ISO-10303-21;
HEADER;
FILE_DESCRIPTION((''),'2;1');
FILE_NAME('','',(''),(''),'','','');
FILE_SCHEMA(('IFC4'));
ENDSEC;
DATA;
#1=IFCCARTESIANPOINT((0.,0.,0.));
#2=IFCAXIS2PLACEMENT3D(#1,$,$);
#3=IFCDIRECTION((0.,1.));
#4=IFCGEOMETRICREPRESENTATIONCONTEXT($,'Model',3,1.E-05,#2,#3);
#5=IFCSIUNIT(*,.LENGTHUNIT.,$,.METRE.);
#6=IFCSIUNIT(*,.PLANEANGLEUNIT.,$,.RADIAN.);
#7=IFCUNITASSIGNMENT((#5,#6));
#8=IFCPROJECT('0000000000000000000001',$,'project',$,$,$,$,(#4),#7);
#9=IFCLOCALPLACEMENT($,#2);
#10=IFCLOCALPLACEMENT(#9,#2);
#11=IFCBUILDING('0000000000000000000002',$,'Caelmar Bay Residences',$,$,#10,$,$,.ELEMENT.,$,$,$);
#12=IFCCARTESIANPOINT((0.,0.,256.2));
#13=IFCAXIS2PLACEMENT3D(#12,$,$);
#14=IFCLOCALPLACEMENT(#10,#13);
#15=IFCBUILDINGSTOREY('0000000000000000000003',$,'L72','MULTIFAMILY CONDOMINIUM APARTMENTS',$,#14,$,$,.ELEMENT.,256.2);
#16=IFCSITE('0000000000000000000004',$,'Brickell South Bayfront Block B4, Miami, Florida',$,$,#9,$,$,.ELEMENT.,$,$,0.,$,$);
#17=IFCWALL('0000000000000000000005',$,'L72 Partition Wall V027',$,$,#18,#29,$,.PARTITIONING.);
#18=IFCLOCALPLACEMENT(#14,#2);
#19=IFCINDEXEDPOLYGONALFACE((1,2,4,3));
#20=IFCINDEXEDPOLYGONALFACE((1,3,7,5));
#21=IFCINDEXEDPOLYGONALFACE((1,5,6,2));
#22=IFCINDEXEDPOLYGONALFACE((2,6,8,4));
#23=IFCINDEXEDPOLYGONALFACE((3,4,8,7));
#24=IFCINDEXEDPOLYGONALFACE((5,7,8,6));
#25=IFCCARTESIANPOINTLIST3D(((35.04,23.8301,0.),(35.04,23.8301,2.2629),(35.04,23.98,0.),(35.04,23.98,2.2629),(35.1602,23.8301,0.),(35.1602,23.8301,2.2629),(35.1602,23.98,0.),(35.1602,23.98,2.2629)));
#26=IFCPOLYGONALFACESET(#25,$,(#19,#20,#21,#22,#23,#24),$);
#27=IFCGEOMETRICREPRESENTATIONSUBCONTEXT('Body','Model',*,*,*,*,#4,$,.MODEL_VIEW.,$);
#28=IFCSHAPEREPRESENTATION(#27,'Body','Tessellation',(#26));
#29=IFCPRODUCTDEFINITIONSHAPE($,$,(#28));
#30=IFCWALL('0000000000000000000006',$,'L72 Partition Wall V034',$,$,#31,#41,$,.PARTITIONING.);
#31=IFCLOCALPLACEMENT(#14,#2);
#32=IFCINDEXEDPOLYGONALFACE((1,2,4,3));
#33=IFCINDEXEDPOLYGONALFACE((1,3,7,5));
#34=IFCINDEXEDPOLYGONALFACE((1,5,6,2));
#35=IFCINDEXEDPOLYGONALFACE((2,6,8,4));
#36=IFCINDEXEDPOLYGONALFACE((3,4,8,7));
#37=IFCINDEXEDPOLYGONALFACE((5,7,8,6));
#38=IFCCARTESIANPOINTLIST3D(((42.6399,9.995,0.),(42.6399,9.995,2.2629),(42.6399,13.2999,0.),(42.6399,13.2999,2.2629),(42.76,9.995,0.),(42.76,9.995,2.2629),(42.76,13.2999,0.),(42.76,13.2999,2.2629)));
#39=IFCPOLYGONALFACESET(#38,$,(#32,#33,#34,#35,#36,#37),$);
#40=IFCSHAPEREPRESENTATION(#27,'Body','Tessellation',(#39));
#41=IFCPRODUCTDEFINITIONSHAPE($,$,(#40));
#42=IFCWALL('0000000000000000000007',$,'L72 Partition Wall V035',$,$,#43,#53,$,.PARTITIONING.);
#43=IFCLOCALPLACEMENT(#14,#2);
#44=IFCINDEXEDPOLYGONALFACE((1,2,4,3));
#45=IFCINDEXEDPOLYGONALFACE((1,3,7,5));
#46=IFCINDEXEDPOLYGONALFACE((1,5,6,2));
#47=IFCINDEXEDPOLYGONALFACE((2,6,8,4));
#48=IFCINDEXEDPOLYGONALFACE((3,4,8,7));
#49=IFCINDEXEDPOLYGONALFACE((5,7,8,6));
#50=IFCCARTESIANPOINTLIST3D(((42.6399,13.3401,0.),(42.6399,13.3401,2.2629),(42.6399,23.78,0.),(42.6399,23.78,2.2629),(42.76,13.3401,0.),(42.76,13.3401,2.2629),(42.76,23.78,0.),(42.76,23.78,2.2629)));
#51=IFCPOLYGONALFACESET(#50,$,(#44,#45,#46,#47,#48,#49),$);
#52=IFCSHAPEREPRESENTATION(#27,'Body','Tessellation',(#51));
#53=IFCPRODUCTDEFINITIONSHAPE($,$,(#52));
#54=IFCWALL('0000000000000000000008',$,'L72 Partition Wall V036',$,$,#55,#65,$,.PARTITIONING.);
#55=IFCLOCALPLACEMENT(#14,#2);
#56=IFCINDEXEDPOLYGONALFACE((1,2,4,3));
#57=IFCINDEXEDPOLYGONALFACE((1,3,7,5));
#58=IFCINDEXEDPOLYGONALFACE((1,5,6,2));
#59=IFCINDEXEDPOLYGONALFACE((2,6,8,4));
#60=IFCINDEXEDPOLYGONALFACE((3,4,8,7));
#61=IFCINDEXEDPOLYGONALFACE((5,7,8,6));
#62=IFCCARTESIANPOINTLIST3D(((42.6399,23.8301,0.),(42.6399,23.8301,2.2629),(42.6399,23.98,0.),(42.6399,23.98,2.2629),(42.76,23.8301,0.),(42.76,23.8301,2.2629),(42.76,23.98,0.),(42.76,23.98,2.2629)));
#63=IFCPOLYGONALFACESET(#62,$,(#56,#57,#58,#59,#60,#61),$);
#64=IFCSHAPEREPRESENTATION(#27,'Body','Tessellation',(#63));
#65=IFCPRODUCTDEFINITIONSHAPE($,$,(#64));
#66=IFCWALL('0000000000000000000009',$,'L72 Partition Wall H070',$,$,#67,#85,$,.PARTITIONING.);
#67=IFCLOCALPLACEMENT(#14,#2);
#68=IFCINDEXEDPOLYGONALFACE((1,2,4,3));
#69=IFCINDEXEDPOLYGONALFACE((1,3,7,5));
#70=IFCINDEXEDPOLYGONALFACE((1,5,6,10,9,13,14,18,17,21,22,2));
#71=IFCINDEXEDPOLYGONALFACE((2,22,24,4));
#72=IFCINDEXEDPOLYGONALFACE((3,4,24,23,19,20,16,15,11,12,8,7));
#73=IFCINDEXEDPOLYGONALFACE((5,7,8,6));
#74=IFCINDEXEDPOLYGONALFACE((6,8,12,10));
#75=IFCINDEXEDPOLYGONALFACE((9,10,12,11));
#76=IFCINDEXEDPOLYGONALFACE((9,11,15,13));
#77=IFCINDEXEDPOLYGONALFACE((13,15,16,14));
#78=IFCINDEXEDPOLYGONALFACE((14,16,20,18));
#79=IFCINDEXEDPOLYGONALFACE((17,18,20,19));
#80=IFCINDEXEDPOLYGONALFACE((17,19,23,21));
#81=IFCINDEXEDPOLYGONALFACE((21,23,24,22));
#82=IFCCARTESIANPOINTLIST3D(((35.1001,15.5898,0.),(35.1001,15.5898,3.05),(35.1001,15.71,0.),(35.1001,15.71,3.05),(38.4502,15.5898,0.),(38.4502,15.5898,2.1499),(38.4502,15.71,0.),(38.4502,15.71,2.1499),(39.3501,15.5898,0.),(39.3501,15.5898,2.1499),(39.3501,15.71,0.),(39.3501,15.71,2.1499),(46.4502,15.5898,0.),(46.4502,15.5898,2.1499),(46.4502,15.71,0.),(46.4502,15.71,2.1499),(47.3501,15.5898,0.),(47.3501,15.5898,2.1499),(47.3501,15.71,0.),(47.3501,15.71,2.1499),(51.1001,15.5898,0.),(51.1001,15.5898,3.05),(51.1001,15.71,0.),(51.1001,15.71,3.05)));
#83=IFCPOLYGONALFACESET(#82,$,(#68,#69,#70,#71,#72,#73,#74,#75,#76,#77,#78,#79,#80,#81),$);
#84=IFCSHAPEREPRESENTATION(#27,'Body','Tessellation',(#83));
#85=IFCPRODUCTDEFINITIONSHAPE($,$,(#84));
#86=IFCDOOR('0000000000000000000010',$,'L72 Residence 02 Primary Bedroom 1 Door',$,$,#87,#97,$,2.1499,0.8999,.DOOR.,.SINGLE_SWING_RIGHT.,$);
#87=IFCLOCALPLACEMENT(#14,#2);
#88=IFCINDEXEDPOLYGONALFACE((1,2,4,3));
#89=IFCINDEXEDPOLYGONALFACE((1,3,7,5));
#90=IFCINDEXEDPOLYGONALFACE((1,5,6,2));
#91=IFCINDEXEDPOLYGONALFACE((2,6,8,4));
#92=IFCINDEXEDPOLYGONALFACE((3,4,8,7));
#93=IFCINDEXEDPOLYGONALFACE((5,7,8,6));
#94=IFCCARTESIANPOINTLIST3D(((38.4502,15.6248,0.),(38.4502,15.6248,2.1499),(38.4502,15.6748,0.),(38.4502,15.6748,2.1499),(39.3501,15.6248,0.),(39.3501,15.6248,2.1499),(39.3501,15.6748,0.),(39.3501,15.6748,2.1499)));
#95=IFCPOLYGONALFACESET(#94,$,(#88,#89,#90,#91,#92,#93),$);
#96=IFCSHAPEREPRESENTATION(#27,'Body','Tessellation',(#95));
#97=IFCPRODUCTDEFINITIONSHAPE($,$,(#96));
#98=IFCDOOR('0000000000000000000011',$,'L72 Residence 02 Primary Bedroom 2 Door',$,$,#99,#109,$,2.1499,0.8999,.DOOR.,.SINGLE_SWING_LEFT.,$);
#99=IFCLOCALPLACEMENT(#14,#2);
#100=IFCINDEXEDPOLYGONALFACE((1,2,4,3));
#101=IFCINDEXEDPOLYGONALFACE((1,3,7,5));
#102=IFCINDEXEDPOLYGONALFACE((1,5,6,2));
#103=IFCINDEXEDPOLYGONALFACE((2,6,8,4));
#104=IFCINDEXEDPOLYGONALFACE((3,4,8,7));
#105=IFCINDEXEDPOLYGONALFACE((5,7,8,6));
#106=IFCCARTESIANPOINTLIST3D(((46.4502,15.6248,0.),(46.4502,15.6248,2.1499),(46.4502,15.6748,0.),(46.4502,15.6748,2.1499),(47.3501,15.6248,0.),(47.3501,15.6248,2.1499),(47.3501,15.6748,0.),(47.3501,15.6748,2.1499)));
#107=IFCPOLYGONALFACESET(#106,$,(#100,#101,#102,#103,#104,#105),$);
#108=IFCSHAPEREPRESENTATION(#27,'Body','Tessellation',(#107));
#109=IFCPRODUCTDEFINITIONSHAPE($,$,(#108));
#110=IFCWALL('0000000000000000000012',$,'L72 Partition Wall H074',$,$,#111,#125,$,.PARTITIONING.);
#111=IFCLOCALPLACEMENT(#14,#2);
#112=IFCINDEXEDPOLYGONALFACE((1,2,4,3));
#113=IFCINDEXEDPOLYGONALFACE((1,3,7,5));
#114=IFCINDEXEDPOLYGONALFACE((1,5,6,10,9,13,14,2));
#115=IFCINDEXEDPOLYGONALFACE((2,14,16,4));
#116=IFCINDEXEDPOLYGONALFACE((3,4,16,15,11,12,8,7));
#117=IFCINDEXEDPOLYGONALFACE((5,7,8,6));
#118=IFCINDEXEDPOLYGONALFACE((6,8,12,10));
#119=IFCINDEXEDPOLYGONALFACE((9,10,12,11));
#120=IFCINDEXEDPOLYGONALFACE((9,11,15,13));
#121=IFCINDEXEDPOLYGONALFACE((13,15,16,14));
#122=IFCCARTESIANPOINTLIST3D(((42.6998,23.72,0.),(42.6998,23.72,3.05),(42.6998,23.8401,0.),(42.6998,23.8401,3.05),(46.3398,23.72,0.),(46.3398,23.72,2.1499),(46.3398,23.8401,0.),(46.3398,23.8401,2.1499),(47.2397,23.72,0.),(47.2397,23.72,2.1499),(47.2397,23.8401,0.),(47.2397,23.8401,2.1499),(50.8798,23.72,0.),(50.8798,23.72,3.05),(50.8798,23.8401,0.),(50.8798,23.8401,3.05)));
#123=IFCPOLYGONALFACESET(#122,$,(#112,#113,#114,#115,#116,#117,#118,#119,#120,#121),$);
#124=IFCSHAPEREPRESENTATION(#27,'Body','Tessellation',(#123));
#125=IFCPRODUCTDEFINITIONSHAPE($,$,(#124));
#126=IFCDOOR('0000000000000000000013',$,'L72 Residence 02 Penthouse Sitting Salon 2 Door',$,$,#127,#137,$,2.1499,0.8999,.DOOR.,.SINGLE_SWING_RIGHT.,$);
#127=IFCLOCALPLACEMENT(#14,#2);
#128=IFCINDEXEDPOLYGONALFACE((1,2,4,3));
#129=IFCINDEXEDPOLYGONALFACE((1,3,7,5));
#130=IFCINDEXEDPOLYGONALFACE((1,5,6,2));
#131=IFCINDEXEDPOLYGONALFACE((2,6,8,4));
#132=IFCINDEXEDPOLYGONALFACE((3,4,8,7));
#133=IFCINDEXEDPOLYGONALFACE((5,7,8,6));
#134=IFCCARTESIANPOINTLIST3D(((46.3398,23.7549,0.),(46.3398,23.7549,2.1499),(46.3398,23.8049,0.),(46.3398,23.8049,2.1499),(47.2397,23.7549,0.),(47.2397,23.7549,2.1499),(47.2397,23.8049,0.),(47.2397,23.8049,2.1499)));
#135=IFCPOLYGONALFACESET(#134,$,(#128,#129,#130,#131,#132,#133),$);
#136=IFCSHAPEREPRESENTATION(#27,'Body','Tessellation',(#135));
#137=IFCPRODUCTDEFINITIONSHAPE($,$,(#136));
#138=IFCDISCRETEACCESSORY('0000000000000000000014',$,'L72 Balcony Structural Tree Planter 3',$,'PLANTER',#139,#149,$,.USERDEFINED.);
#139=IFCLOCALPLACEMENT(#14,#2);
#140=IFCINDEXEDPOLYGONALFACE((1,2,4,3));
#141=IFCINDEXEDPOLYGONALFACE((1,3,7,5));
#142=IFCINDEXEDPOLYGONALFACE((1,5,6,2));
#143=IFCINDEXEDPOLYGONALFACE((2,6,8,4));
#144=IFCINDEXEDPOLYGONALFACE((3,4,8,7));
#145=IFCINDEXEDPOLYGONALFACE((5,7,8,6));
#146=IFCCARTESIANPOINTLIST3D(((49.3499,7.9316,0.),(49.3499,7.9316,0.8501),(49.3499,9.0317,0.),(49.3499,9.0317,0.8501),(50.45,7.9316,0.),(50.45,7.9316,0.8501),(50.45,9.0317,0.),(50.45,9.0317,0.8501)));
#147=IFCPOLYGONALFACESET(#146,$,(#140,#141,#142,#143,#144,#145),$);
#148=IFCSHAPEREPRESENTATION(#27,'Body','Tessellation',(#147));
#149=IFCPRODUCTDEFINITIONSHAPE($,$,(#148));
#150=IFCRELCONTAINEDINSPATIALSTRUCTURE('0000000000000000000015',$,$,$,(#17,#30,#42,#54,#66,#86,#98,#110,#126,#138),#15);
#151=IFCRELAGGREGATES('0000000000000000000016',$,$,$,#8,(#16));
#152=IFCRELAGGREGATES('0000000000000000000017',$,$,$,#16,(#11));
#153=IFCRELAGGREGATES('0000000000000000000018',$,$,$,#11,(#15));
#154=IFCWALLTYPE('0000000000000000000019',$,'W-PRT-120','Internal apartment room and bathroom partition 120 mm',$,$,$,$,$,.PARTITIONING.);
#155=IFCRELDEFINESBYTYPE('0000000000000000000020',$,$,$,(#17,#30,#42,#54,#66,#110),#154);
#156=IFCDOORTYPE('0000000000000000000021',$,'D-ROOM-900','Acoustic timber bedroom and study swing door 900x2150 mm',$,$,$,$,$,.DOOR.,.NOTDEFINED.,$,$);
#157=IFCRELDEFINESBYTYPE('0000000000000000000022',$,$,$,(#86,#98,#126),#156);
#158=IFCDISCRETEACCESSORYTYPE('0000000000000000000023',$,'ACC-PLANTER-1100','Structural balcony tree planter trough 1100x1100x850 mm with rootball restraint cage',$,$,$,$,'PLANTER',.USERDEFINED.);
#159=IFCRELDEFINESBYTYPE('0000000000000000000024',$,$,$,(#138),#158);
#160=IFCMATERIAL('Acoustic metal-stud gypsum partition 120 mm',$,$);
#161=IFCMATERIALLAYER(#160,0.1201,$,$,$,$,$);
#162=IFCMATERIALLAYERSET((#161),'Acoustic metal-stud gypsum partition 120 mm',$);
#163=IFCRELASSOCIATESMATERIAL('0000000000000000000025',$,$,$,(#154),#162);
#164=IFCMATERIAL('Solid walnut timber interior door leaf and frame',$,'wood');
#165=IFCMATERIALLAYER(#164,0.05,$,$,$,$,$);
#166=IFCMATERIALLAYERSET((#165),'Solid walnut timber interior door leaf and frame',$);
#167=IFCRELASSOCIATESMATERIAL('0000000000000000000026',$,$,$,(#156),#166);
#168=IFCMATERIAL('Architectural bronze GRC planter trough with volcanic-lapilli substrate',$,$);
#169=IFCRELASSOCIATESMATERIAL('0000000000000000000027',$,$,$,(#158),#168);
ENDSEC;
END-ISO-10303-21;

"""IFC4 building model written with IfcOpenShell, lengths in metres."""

from ifc_helpers import new_model, si_unit, direction, frame, frame_2d, origin, origin_2d, place, context, subcontext, project, spatial, rectangle, extrude, material, layer, layer_set, type_object, element, fill, save


model = new_model("IFC4")

# Units and contexts
model_context = context("Model", 3, precision=1e-05, world=origin(), true_north=direction((0.0, 1.0)))
body_context = subcontext(model_context, "Body", "Model", "MODEL_VIEW")
ifc_project = project(units=[si_unit("LENGTHUNIT", "METRE"), si_unit("PLANEANGLEUNIT", "RADIAN")], contexts=[model_context])

# Site, building, storey
site_placement = place(None, origin())
site = spatial("IfcSite", under=ifc_project, at=site_placement, Name="Brickell South Bayfront Block B4, Miami, Florida", CompositionType="ELEMENT", RefElevation=0.0)
building_placement = place(site_placement, origin())
building = spatial("IfcBuilding", under=site, at=building_placement, Name="Caelmar Bay Residences", CompositionType="ELEMENT")
storey_placement = place(building_placement, frame((0.0, 0.0, 256.2)))
storey = spatial("IfcBuildingStorey", under=building, at=storey_placement, Name="L72", Description="MULTIFAMILY CONDOMINIUM APARTMENTS", CompositionType="ELEMENT", Elevation=256.2)

# Walls
ifc_material_1 = material(Name="Acoustic metal-stud gypsum partition 120 mm")
ifc_layer_1 = layer(ifc_material_1, 0.1201)
ifc_layer_set_1 = layer_set([ifc_layer_1], Name="Acoustic metal-stud gypsum partition 120 mm")
wall_type = type_object("IfcWallType", Name="W-PRT-120", Description="Internal apartment room and bathroom partition 120 mm", PredefinedType="PARTITIONING", material=ifc_layer_set_1)
wall_1_placement = place(storey_placement, frame((35.1001, 23.8301, 0.0), z_axis=(0.0, 0.0, 1.0), x_axis=(0.0, 1.0, 0.0)))
element("IfcWall", 1, at=wall_1_placement, inside=storey, type_object=wall_type, Name="L72 Partition Wall V027", PredefinedType="PARTITIONING", context=body_context, shape_type="SweptSolid", body=[
    extrude(rectangle(XDim=0.1499, YDim=0.1201, at=frame_2d((0.075, 0.0))), origin(), (0.0, 0.0, 1.0), 2.2629),
])
wall_2_placement = place(storey_placement, frame((42.7, 9.9951, 0.0), z_axis=(0.0, 0.0, 1.0), x_axis=(0.0, 1.0, 0.0)))
element("IfcWall", 2, at=wall_2_placement, inside=storey, type_object=wall_type, Name="L72 Partition Wall V034", PredefinedType="PARTITIONING", context=body_context, shape_type="SweptSolid", body=[
    extrude(rectangle(XDim=3.3049, YDim=0.1201, at=frame_2d((1.6523, 0.0))), origin(), (0.0, 0.0, 1.0), 2.2629),
])
wall_3_placement = place(storey_placement, frame((42.7, 13.3401, 0.0), z_axis=(0.0, 0.0, 1.0), x_axis=(0.0, 1.0, 0.0)))
element("IfcWall", 3, at=wall_3_placement, inside=storey, type_object=wall_type, Name="L72 Partition Wall V035", PredefinedType="PARTITIONING", context=body_context, shape_type="SweptSolid", body=[
    extrude(rectangle(XDim=10.4399, YDim=0.1201, at=frame_2d((5.22, 0.0))), origin(), (0.0, 0.0, 1.0), 2.2629),
])
wall_4_placement = place(storey_placement, frame((42.7, 23.8301, 0.0), z_axis=(0.0, 0.0, 1.0), x_axis=(0.0, 1.0, 0.0)))
element("IfcWall", 4, at=wall_4_placement, inside=storey, type_object=wall_type, Name="L72 Partition Wall V036", PredefinedType="PARTITIONING", context=body_context, shape_type="SweptSolid", body=[
    extrude(rectangle(XDim=0.1499, YDim=0.1201, at=frame_2d((0.075, 0.0))), origin(), (0.0, 0.0, 1.0), 2.2629),
])

# Wall, openings, doors
wall_5_placement = place(storey_placement, frame((35.1001, 15.6499, 0.0), z_axis=(0.0, 0.0, 1.0), x_axis=(1.0, 0.0, 0.0)))
wall_5 = element("IfcWall", 5, at=wall_5_placement, inside=storey, type_object=wall_type, Name="L72 Partition Wall H070", PredefinedType="PARTITIONING", context=body_context, shape_type="SweptSolid", body=[
    extrude(rectangle(XDim=16.0, YDim=0.1201, at=frame_2d((8.0, 0.0))), origin(), (0.0, 0.0, 1.0), 3.05),
])
opening_1_placement = place(wall_5_placement, frame((3.3501, 0.0, 0.0)))
opening_1 = element("IfcOpeningElement", 6, at=opening_1_placement, cuts=wall_5, PredefinedType="OPENING", context=body_context, shape_type="SweptSolid", body=[
    extrude(rectangle(XDim=0.8999, YDim=2.1499, at=frame_2d((0.45, 1.075))), frame((0.0, 0.0701, 0.0), z_axis=(0.0, -1.0, 0.0), x_axis=(1.0, 0.0, 0.0)), (0.0, 0.0, 1.0), 0.1401),
])
opening_2_placement = place(wall_5_placement, frame((11.3501, 0.0, 0.0)))
opening_2 = element("IfcOpeningElement", 7, at=opening_2_placement, cuts=wall_5, PredefinedType="OPENING", context=body_context, shape_type="SweptSolid", body=[
    extrude(rectangle(XDim=0.8999, YDim=2.1499, at=frame_2d((0.45, 1.075))), frame((0.0, 0.0701, 0.0), z_axis=(0.0, -1.0, 0.0), x_axis=(1.0, 0.0, 0.0)), (0.0, 0.0, 1.0), 0.1401),
])
ifc_material_2 = material(Name="Solid walnut timber interior door leaf and frame", Category="wood")
ifc_layer_2 = layer(ifc_material_2, 0.05)
ifc_layer_set_2 = layer_set([ifc_layer_2], Name="Solid walnut timber interior door leaf and frame")
door_type = type_object("IfcDoorType", Name="D-ROOM-900", Description="Acoustic timber bedroom and study swing door 900x2150 mm", OperationType="NOTDEFINED", PredefinedType="DOOR", material=ifc_layer_set_2)
door_1_placement = place(opening_1_placement, origin())
door_1 = element("IfcDoor", 8, at=door_1_placement, inside=storey, type_object=door_type, Name="L72 Residence 02 Primary Bedroom 1 Door", OperationType="SINGLE_SWING_RIGHT", OverallHeight=2.1499, OverallWidth=0.8999, PredefinedType="DOOR", context=body_context, shape_type="SweptSolid", body=[
    extrude(rectangle(XDim=0.8999, YDim=2.1499, at=frame_2d((0.45, 1.075))), frame((0.0, 0.0249, 0.0), z_axis=(0.0, -1.0, 0.0), x_axis=(1.0, 0.0, 0.0)), (0.0, 0.0, 1.0), 0.05),
])
fill(opening_1, door_1)
door_2_placement = place(opening_2_placement, origin())
door_2 = element("IfcDoor", 9, at=door_2_placement, inside=storey, type_object=door_type, Name="L72 Residence 02 Primary Bedroom 2 Door", OperationType="SINGLE_SWING_LEFT", OverallHeight=2.1499, OverallWidth=0.8999, PredefinedType="DOOR", context=body_context, shape_type="SweptSolid", body=[
    extrude(rectangle(XDim=0.8999, YDim=2.1499, at=frame_2d((0.45, 1.075))), frame((0.0, 0.0249, 0.0), z_axis=(0.0, -1.0, 0.0), x_axis=(1.0, 0.0, 0.0)), (0.0, 0.0, 1.0), 0.05),
])
fill(opening_2, door_2)

# Wall, opening, door
wall_6_placement = place(storey_placement, frame((42.7, 23.78, 0.0), z_axis=(0.0, 0.0, 1.0), x_axis=(1.0, 0.0, 0.0)))
wall_6 = element("IfcWall", 10, at=wall_6_placement, inside=storey, type_object=wall_type, Name="L72 Partition Wall H074", PredefinedType="PARTITIONING", context=body_context, shape_type="SweptSolid", body=[
    extrude(rectangle(XDim=8.1799, YDim=0.1201, at=frame_2d((4.0898, 0.0))), origin(), (0.0, 0.0, 1.0), 3.05),
])
opening_3_placement = place(wall_6_placement, frame((3.6399, 0.0, 0.0)))
opening_3 = element("IfcOpeningElement", 11, at=opening_3_placement, cuts=wall_6, PredefinedType="OPENING", context=body_context, shape_type="SweptSolid", body=[
    extrude(rectangle(XDim=0.8999, YDim=2.1499, at=frame_2d((0.45, 1.075))), frame((0.0, 0.0701, 0.0), z_axis=(0.0, -1.0, 0.0), x_axis=(1.0, 0.0, 0.0)), (0.0, 0.0, 1.0), 0.1401),
])
door_3_placement = place(opening_3_placement, origin())
door_3 = element("IfcDoor", 12, at=door_3_placement, inside=storey, type_object=door_type, Name="L72 Residence 02 Penthouse Sitting Salon 2 Door", OperationType="SINGLE_SWING_RIGHT", OverallHeight=2.1499, OverallWidth=0.8999, PredefinedType="DOOR", context=body_context, shape_type="SweptSolid", body=[
    extrude(rectangle(XDim=0.8999, YDim=2.1499, at=frame_2d((0.45, 1.075))), frame((0.0, 0.0249, 0.0), z_axis=(0.0, -1.0, 0.0), x_axis=(1.0, 0.0, 0.0)), (0.0, 0.0, 1.0), 0.05),
])
fill(opening_3, door_3)

# Discrete accessory
ifc_material_3 = material(Name="Architectural bronze GRC planter trough with volcanic-lapilli substrate")
discrete_accessory_type = type_object("IfcDiscreteAccessoryType", Name="ACC-PLANTER-1100", Description="Structural balcony tree planter trough 1100x1100x850 mm with rootball restraint cage", ElementType="PLANTER", PredefinedType="USERDEFINED", material=ifc_material_3)
discrete_accessory_placement = place(storey_placement, frame((49.8999, 8.4817, 0.0), z_axis=(0.0, 0.0, 1.0), x_axis=(1.0, 0.0, 0.0)))
element("IfcDiscreteAccessory", 13, at=discrete_accessory_placement, inside=storey, type_object=discrete_accessory_type, Name="L72 Balcony Structural Tree Planter 3", ObjectType="PLANTER", PredefinedType="USERDEFINED", context=body_context, shape_type="SweptSolid", body=[
    extrude(rectangle(XDim=1.1001, YDim=1.1001, at=origin_2d()), origin(), (0.0, 0.0, 1.0), 0.8501),
])

save(model, "model.ifc")
